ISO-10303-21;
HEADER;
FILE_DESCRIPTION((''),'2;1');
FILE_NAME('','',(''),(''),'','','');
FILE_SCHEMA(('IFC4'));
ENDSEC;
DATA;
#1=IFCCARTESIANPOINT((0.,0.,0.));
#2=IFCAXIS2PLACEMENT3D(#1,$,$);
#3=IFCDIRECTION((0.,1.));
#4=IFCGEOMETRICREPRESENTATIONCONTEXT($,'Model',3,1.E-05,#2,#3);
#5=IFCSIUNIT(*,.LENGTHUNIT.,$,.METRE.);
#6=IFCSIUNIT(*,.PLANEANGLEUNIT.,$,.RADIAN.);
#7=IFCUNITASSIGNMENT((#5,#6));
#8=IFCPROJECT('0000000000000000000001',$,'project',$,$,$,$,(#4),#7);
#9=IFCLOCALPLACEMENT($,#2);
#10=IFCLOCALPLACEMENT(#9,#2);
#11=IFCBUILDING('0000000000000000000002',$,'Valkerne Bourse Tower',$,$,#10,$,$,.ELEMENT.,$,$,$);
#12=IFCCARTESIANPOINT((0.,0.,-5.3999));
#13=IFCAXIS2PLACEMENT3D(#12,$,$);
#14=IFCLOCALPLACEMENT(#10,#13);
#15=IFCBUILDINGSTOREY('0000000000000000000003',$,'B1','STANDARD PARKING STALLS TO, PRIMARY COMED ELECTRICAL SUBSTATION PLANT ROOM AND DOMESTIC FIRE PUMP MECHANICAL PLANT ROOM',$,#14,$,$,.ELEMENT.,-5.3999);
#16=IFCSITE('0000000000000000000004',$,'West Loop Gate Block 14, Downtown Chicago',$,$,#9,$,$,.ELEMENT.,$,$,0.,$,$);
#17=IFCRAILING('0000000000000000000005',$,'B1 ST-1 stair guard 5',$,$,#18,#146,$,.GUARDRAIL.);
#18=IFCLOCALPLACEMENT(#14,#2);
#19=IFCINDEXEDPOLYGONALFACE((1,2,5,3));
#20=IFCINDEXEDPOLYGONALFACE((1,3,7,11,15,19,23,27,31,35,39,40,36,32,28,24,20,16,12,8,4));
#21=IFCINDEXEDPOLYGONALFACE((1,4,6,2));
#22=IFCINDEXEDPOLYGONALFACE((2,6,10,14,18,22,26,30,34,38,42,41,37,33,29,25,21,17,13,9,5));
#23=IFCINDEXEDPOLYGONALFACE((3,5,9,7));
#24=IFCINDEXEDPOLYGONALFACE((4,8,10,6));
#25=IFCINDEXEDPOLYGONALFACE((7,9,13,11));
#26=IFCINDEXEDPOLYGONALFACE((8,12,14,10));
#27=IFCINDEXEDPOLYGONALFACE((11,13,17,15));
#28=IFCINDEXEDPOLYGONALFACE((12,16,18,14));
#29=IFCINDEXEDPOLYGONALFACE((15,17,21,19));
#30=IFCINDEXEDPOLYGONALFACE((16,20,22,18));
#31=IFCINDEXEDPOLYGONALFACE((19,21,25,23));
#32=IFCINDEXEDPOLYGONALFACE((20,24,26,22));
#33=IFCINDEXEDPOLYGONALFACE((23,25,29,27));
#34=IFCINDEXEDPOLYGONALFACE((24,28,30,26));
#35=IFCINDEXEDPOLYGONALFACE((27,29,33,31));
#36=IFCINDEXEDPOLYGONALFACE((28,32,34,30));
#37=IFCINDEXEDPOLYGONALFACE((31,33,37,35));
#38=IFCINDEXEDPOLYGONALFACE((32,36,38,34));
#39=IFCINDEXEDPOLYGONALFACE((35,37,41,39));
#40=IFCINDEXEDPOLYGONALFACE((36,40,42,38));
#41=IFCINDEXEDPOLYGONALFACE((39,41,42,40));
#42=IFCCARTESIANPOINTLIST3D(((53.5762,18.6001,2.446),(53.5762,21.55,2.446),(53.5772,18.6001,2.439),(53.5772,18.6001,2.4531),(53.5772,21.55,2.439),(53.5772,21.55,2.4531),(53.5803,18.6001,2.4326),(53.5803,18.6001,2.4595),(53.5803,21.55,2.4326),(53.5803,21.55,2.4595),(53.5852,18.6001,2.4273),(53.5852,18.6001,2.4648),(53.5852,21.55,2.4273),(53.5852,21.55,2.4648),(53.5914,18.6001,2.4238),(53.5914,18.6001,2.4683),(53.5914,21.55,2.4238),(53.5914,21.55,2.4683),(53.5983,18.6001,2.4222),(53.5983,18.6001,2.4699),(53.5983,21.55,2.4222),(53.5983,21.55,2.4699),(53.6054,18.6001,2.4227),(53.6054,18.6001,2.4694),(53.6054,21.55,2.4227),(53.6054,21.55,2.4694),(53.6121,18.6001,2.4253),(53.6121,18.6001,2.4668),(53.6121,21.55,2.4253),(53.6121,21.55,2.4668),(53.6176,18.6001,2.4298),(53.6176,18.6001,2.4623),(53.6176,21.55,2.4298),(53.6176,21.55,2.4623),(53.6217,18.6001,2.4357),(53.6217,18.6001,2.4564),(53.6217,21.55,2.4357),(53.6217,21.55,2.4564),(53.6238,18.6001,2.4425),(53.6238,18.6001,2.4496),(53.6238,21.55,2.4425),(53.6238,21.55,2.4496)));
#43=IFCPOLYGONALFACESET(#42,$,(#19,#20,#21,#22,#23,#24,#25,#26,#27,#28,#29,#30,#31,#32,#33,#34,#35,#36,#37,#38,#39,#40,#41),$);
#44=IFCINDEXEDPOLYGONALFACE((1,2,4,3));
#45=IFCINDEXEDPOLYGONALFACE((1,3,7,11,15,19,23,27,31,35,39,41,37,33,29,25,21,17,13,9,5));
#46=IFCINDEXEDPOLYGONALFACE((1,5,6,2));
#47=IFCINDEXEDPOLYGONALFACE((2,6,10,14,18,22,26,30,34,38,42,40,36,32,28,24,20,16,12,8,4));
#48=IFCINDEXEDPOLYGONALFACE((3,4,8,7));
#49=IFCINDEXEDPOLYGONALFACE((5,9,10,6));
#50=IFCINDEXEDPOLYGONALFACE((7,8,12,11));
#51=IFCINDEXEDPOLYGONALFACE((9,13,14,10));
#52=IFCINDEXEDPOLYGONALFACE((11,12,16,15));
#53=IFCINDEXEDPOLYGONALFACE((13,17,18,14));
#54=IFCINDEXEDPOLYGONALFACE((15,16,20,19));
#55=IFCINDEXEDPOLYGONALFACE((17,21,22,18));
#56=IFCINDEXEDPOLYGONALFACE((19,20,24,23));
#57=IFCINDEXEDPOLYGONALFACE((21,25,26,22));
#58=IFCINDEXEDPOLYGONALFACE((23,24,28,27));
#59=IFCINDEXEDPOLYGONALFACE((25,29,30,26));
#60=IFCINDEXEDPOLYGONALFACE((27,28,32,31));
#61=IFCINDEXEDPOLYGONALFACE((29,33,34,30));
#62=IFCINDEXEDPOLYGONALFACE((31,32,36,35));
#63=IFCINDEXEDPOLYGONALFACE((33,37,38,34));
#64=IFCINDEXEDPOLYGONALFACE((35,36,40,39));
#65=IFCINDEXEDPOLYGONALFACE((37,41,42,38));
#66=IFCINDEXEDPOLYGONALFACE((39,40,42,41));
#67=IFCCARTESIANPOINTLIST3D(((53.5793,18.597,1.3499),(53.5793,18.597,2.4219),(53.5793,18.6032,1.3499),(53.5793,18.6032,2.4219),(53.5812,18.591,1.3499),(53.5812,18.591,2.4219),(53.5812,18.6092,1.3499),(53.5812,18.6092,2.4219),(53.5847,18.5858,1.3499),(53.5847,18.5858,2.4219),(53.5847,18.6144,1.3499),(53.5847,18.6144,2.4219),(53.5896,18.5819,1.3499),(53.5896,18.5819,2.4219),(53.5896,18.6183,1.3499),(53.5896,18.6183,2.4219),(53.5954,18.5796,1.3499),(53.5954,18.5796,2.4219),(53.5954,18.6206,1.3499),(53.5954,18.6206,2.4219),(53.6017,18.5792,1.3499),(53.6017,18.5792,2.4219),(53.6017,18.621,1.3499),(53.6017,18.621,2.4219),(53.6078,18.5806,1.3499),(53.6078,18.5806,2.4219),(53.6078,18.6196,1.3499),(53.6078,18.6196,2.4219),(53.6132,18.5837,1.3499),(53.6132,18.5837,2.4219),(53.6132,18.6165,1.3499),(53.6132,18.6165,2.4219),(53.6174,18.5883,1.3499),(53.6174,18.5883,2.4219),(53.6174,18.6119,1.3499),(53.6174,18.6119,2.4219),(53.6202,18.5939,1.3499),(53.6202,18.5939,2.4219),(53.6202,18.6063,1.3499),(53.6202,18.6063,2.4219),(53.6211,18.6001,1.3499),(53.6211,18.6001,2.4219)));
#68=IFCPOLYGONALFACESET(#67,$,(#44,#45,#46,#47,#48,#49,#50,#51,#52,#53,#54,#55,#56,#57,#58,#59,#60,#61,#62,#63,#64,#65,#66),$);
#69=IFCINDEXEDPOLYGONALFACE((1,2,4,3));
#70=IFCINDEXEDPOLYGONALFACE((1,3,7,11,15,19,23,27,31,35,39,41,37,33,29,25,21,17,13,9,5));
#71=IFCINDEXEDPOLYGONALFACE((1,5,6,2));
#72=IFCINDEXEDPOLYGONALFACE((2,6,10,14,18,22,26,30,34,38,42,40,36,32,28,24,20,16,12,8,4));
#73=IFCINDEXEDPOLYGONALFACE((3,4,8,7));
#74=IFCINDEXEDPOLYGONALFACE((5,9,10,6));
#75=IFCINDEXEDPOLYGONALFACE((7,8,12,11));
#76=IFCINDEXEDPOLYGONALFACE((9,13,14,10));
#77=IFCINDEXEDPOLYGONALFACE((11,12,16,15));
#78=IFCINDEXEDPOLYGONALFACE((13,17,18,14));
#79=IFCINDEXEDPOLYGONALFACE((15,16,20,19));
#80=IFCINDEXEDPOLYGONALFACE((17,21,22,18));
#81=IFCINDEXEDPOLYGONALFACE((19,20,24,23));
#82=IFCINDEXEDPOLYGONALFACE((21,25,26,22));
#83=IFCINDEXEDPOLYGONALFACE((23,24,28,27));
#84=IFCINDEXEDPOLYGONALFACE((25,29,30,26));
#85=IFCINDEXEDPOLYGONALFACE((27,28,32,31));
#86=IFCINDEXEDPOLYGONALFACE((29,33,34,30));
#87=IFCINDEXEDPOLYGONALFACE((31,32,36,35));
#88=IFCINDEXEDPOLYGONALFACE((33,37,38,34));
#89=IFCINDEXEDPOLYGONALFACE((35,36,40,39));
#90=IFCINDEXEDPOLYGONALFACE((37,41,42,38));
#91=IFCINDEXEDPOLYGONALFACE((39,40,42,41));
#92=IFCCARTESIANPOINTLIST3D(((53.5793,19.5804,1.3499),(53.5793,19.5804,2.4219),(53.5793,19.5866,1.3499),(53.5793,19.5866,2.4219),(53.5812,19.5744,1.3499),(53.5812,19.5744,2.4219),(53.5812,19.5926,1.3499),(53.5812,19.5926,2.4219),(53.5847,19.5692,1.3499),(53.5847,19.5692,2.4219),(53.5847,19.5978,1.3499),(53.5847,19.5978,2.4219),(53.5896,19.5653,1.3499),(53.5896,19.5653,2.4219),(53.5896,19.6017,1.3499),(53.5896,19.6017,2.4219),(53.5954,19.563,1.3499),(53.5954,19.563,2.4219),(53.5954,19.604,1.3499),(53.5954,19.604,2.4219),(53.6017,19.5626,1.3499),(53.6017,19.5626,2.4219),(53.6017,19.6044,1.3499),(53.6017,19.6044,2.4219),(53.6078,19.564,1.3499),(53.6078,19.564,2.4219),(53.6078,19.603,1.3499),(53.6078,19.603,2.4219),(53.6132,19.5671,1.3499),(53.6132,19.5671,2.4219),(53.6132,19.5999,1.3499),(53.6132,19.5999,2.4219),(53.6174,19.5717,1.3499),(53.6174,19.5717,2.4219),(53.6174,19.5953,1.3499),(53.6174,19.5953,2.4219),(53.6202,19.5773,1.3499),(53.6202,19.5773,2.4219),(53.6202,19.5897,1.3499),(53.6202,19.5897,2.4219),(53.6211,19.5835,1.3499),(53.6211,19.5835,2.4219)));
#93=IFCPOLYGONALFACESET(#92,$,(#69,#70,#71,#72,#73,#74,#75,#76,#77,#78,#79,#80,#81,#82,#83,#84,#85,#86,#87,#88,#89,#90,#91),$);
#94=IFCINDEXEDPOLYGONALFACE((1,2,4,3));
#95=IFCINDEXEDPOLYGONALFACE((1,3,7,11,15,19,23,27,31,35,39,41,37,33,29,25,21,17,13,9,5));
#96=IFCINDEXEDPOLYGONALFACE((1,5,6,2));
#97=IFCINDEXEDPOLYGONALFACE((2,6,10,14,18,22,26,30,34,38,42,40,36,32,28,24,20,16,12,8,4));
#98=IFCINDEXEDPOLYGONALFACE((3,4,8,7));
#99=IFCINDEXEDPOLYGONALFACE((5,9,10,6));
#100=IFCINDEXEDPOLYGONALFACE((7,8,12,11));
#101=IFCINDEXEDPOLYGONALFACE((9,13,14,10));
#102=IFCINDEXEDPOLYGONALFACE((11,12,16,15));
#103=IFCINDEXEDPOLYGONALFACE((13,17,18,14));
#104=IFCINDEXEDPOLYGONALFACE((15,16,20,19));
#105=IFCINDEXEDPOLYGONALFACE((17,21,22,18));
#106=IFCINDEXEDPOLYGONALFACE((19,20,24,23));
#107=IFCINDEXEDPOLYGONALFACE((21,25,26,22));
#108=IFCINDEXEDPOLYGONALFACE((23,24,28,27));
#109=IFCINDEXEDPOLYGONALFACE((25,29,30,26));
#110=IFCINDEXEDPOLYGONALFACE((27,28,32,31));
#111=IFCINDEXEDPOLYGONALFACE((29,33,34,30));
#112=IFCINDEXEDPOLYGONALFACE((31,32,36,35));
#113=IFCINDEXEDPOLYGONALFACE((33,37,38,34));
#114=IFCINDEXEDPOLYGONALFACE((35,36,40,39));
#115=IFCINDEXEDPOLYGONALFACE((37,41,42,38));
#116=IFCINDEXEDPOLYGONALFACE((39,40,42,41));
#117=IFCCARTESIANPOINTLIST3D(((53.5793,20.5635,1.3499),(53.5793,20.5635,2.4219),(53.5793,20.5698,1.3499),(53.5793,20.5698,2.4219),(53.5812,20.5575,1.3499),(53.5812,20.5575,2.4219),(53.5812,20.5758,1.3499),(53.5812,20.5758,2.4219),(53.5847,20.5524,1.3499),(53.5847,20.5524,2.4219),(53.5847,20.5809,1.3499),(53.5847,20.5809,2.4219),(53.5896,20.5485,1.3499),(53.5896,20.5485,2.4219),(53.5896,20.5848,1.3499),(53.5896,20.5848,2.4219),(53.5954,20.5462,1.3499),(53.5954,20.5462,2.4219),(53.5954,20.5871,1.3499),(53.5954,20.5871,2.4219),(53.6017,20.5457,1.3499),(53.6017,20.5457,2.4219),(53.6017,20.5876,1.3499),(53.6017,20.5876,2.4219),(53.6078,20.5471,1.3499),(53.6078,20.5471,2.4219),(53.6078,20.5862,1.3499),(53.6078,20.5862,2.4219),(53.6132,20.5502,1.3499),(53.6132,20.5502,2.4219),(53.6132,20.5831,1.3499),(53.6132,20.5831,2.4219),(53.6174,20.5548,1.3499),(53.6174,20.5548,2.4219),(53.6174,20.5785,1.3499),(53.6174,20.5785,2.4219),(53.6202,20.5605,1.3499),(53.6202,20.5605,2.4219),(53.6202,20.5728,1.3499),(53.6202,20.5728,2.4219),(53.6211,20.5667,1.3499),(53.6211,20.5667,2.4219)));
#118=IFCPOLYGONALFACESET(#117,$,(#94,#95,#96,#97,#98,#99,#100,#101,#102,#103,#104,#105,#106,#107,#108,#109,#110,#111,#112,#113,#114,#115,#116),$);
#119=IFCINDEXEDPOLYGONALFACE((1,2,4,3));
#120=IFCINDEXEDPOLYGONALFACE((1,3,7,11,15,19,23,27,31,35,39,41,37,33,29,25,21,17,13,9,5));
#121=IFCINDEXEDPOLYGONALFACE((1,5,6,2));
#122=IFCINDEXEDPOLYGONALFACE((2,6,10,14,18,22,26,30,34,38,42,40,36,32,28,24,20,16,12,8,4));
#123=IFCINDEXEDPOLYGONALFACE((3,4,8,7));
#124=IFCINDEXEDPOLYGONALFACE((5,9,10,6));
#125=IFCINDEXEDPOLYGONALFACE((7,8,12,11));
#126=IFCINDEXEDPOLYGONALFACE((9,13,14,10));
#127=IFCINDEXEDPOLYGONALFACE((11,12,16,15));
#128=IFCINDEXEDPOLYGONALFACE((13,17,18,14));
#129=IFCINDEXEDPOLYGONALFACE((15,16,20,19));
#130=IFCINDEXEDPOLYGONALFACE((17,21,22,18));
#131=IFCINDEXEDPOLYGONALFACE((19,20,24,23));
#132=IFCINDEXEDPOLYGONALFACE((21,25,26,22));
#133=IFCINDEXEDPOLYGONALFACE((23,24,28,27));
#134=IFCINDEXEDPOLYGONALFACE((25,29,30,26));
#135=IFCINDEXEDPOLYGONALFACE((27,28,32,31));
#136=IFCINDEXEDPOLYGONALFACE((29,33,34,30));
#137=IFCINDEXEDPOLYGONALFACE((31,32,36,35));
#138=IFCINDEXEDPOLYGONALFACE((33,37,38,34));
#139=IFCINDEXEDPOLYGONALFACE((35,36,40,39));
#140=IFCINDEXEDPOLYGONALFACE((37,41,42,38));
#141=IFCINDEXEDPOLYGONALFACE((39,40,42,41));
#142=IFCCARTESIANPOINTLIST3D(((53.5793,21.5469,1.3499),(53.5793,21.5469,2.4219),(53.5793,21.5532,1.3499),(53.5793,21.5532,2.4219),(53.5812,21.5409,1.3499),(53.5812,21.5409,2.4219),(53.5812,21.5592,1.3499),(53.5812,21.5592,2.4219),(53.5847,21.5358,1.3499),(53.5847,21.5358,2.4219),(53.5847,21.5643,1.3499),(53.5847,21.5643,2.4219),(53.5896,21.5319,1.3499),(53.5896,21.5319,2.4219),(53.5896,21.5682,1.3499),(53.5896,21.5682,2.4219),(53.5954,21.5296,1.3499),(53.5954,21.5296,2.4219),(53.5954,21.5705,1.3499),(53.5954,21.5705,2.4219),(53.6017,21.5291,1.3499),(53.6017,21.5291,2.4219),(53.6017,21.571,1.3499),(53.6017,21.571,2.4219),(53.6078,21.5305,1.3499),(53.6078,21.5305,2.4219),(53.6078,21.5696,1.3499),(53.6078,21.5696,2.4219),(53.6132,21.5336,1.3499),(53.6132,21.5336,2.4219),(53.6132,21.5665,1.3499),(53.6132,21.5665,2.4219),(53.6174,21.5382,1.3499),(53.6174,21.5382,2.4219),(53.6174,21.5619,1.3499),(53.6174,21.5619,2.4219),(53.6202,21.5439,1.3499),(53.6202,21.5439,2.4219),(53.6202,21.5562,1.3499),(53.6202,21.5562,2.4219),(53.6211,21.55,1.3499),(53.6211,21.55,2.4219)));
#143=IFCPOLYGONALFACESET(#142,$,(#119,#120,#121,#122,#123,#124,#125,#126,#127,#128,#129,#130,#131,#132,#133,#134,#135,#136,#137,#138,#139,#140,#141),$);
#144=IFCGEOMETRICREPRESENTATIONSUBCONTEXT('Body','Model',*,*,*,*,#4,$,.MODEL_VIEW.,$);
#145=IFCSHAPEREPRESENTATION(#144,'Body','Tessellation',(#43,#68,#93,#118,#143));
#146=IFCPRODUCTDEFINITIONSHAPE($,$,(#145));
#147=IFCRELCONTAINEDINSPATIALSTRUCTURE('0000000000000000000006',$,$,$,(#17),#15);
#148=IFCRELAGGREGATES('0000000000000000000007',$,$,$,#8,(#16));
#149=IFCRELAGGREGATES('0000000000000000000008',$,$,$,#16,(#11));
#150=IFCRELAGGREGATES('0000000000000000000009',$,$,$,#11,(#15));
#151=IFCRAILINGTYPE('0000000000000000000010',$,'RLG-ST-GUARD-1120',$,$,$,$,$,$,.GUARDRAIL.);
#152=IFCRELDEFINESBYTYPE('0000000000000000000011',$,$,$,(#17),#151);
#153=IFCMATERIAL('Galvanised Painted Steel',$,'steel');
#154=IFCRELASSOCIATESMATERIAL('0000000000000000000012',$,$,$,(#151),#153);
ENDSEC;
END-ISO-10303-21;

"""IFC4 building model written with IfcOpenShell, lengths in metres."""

from ifc_helpers import new_model, si_unit, direction, frame, origin, origin_2d, place, context, subcontext, project, spatial, circle, extrude, material, type_object, element, save


model = new_model("IFC4")

# Units and contexts
model_context = context("Model", 3, precision=1e-05, world=origin(), true_north=direction((0.0, 1.0)))
body_context = subcontext(model_context, "Body", "Model", "MODEL_VIEW")
ifc_project = project(units=[si_unit("LENGTHUNIT", "METRE"), si_unit("PLANEANGLEUNIT", "RADIAN")], contexts=[model_context])

# Site, building, storey
site_placement = place(None, origin())
site = spatial("IfcSite", under=ifc_project, at=site_placement, Name="West Loop Gate Block 14, Downtown Chicago", CompositionType="ELEMENT", RefElevation=0.0)
building_placement = place(site_placement, origin())
building = spatial("IfcBuilding", under=site, at=building_placement, Name="Valkerne Bourse Tower", CompositionType="ELEMENT")
storey_placement = place(building_placement, frame((0.0, 0.0, -5.3999)))
storey = spatial("IfcBuildingStorey", under=building, at=storey_placement, Name="B1", Description="STANDARD PARKING STALLS TO, PRIMARY COMED ELECTRICAL SUBSTATION PLANT ROOM AND DOMESTIC FIRE PUMP MECHANICAL PLANT ROOM", CompositionType="ELEMENT", Elevation=-5.3999)

# Shared definitions
ifc_material_1 = material(Name="Galvanised Painted Steel", Category="steel")

# Railing
railing_type = type_object("IfcRailingType", Name="RLG-ST-GUARD-1120", PredefinedType="GUARDRAIL", material=ifc_material_1)
railing_1_placement = place(storey_placement, frame((53.6001, 18.6001, 1.3499)))
element("IfcRailing", 1, at=railing_1_placement, inside=storey, type_object=railing_type, Name="B1 ST-1 stair guard 5", PredefinedType="GUARDRAIL", context=body_context, shape_type="SweptSolid", body=[
    extrude(circle(Radius=0.0239, at=origin_2d()), frame((0.0, 0.0, 1.0962), z_axis=(0.0, 1.0, 0.0), x_axis=(-1.0, 0.0, 0.0)), (0.0, 0.0, 1.0), 2.95),
    extrude(circle(Radius=0.021, at=origin_2d()), origin(), (0.0, 0.0, 1.0), 1.072),
    extrude(circle(Radius=0.021, at=origin_2d()), frame((0.0, 0.9834, 0.0)), (0.0, 0.0, 1.0), 1.072),
    extrude(circle(Radius=0.021, at=origin_2d()), frame((0.0, 1.9666, 0.0)), (0.0, 0.0, 1.0), 1.072),
    extrude(circle(Radius=0.021, at=origin_2d()), frame((0.0, 2.95, 0.0)), (0.0, 0.0, 1.0), 1.072),
])

save(model, "model.ifc")
